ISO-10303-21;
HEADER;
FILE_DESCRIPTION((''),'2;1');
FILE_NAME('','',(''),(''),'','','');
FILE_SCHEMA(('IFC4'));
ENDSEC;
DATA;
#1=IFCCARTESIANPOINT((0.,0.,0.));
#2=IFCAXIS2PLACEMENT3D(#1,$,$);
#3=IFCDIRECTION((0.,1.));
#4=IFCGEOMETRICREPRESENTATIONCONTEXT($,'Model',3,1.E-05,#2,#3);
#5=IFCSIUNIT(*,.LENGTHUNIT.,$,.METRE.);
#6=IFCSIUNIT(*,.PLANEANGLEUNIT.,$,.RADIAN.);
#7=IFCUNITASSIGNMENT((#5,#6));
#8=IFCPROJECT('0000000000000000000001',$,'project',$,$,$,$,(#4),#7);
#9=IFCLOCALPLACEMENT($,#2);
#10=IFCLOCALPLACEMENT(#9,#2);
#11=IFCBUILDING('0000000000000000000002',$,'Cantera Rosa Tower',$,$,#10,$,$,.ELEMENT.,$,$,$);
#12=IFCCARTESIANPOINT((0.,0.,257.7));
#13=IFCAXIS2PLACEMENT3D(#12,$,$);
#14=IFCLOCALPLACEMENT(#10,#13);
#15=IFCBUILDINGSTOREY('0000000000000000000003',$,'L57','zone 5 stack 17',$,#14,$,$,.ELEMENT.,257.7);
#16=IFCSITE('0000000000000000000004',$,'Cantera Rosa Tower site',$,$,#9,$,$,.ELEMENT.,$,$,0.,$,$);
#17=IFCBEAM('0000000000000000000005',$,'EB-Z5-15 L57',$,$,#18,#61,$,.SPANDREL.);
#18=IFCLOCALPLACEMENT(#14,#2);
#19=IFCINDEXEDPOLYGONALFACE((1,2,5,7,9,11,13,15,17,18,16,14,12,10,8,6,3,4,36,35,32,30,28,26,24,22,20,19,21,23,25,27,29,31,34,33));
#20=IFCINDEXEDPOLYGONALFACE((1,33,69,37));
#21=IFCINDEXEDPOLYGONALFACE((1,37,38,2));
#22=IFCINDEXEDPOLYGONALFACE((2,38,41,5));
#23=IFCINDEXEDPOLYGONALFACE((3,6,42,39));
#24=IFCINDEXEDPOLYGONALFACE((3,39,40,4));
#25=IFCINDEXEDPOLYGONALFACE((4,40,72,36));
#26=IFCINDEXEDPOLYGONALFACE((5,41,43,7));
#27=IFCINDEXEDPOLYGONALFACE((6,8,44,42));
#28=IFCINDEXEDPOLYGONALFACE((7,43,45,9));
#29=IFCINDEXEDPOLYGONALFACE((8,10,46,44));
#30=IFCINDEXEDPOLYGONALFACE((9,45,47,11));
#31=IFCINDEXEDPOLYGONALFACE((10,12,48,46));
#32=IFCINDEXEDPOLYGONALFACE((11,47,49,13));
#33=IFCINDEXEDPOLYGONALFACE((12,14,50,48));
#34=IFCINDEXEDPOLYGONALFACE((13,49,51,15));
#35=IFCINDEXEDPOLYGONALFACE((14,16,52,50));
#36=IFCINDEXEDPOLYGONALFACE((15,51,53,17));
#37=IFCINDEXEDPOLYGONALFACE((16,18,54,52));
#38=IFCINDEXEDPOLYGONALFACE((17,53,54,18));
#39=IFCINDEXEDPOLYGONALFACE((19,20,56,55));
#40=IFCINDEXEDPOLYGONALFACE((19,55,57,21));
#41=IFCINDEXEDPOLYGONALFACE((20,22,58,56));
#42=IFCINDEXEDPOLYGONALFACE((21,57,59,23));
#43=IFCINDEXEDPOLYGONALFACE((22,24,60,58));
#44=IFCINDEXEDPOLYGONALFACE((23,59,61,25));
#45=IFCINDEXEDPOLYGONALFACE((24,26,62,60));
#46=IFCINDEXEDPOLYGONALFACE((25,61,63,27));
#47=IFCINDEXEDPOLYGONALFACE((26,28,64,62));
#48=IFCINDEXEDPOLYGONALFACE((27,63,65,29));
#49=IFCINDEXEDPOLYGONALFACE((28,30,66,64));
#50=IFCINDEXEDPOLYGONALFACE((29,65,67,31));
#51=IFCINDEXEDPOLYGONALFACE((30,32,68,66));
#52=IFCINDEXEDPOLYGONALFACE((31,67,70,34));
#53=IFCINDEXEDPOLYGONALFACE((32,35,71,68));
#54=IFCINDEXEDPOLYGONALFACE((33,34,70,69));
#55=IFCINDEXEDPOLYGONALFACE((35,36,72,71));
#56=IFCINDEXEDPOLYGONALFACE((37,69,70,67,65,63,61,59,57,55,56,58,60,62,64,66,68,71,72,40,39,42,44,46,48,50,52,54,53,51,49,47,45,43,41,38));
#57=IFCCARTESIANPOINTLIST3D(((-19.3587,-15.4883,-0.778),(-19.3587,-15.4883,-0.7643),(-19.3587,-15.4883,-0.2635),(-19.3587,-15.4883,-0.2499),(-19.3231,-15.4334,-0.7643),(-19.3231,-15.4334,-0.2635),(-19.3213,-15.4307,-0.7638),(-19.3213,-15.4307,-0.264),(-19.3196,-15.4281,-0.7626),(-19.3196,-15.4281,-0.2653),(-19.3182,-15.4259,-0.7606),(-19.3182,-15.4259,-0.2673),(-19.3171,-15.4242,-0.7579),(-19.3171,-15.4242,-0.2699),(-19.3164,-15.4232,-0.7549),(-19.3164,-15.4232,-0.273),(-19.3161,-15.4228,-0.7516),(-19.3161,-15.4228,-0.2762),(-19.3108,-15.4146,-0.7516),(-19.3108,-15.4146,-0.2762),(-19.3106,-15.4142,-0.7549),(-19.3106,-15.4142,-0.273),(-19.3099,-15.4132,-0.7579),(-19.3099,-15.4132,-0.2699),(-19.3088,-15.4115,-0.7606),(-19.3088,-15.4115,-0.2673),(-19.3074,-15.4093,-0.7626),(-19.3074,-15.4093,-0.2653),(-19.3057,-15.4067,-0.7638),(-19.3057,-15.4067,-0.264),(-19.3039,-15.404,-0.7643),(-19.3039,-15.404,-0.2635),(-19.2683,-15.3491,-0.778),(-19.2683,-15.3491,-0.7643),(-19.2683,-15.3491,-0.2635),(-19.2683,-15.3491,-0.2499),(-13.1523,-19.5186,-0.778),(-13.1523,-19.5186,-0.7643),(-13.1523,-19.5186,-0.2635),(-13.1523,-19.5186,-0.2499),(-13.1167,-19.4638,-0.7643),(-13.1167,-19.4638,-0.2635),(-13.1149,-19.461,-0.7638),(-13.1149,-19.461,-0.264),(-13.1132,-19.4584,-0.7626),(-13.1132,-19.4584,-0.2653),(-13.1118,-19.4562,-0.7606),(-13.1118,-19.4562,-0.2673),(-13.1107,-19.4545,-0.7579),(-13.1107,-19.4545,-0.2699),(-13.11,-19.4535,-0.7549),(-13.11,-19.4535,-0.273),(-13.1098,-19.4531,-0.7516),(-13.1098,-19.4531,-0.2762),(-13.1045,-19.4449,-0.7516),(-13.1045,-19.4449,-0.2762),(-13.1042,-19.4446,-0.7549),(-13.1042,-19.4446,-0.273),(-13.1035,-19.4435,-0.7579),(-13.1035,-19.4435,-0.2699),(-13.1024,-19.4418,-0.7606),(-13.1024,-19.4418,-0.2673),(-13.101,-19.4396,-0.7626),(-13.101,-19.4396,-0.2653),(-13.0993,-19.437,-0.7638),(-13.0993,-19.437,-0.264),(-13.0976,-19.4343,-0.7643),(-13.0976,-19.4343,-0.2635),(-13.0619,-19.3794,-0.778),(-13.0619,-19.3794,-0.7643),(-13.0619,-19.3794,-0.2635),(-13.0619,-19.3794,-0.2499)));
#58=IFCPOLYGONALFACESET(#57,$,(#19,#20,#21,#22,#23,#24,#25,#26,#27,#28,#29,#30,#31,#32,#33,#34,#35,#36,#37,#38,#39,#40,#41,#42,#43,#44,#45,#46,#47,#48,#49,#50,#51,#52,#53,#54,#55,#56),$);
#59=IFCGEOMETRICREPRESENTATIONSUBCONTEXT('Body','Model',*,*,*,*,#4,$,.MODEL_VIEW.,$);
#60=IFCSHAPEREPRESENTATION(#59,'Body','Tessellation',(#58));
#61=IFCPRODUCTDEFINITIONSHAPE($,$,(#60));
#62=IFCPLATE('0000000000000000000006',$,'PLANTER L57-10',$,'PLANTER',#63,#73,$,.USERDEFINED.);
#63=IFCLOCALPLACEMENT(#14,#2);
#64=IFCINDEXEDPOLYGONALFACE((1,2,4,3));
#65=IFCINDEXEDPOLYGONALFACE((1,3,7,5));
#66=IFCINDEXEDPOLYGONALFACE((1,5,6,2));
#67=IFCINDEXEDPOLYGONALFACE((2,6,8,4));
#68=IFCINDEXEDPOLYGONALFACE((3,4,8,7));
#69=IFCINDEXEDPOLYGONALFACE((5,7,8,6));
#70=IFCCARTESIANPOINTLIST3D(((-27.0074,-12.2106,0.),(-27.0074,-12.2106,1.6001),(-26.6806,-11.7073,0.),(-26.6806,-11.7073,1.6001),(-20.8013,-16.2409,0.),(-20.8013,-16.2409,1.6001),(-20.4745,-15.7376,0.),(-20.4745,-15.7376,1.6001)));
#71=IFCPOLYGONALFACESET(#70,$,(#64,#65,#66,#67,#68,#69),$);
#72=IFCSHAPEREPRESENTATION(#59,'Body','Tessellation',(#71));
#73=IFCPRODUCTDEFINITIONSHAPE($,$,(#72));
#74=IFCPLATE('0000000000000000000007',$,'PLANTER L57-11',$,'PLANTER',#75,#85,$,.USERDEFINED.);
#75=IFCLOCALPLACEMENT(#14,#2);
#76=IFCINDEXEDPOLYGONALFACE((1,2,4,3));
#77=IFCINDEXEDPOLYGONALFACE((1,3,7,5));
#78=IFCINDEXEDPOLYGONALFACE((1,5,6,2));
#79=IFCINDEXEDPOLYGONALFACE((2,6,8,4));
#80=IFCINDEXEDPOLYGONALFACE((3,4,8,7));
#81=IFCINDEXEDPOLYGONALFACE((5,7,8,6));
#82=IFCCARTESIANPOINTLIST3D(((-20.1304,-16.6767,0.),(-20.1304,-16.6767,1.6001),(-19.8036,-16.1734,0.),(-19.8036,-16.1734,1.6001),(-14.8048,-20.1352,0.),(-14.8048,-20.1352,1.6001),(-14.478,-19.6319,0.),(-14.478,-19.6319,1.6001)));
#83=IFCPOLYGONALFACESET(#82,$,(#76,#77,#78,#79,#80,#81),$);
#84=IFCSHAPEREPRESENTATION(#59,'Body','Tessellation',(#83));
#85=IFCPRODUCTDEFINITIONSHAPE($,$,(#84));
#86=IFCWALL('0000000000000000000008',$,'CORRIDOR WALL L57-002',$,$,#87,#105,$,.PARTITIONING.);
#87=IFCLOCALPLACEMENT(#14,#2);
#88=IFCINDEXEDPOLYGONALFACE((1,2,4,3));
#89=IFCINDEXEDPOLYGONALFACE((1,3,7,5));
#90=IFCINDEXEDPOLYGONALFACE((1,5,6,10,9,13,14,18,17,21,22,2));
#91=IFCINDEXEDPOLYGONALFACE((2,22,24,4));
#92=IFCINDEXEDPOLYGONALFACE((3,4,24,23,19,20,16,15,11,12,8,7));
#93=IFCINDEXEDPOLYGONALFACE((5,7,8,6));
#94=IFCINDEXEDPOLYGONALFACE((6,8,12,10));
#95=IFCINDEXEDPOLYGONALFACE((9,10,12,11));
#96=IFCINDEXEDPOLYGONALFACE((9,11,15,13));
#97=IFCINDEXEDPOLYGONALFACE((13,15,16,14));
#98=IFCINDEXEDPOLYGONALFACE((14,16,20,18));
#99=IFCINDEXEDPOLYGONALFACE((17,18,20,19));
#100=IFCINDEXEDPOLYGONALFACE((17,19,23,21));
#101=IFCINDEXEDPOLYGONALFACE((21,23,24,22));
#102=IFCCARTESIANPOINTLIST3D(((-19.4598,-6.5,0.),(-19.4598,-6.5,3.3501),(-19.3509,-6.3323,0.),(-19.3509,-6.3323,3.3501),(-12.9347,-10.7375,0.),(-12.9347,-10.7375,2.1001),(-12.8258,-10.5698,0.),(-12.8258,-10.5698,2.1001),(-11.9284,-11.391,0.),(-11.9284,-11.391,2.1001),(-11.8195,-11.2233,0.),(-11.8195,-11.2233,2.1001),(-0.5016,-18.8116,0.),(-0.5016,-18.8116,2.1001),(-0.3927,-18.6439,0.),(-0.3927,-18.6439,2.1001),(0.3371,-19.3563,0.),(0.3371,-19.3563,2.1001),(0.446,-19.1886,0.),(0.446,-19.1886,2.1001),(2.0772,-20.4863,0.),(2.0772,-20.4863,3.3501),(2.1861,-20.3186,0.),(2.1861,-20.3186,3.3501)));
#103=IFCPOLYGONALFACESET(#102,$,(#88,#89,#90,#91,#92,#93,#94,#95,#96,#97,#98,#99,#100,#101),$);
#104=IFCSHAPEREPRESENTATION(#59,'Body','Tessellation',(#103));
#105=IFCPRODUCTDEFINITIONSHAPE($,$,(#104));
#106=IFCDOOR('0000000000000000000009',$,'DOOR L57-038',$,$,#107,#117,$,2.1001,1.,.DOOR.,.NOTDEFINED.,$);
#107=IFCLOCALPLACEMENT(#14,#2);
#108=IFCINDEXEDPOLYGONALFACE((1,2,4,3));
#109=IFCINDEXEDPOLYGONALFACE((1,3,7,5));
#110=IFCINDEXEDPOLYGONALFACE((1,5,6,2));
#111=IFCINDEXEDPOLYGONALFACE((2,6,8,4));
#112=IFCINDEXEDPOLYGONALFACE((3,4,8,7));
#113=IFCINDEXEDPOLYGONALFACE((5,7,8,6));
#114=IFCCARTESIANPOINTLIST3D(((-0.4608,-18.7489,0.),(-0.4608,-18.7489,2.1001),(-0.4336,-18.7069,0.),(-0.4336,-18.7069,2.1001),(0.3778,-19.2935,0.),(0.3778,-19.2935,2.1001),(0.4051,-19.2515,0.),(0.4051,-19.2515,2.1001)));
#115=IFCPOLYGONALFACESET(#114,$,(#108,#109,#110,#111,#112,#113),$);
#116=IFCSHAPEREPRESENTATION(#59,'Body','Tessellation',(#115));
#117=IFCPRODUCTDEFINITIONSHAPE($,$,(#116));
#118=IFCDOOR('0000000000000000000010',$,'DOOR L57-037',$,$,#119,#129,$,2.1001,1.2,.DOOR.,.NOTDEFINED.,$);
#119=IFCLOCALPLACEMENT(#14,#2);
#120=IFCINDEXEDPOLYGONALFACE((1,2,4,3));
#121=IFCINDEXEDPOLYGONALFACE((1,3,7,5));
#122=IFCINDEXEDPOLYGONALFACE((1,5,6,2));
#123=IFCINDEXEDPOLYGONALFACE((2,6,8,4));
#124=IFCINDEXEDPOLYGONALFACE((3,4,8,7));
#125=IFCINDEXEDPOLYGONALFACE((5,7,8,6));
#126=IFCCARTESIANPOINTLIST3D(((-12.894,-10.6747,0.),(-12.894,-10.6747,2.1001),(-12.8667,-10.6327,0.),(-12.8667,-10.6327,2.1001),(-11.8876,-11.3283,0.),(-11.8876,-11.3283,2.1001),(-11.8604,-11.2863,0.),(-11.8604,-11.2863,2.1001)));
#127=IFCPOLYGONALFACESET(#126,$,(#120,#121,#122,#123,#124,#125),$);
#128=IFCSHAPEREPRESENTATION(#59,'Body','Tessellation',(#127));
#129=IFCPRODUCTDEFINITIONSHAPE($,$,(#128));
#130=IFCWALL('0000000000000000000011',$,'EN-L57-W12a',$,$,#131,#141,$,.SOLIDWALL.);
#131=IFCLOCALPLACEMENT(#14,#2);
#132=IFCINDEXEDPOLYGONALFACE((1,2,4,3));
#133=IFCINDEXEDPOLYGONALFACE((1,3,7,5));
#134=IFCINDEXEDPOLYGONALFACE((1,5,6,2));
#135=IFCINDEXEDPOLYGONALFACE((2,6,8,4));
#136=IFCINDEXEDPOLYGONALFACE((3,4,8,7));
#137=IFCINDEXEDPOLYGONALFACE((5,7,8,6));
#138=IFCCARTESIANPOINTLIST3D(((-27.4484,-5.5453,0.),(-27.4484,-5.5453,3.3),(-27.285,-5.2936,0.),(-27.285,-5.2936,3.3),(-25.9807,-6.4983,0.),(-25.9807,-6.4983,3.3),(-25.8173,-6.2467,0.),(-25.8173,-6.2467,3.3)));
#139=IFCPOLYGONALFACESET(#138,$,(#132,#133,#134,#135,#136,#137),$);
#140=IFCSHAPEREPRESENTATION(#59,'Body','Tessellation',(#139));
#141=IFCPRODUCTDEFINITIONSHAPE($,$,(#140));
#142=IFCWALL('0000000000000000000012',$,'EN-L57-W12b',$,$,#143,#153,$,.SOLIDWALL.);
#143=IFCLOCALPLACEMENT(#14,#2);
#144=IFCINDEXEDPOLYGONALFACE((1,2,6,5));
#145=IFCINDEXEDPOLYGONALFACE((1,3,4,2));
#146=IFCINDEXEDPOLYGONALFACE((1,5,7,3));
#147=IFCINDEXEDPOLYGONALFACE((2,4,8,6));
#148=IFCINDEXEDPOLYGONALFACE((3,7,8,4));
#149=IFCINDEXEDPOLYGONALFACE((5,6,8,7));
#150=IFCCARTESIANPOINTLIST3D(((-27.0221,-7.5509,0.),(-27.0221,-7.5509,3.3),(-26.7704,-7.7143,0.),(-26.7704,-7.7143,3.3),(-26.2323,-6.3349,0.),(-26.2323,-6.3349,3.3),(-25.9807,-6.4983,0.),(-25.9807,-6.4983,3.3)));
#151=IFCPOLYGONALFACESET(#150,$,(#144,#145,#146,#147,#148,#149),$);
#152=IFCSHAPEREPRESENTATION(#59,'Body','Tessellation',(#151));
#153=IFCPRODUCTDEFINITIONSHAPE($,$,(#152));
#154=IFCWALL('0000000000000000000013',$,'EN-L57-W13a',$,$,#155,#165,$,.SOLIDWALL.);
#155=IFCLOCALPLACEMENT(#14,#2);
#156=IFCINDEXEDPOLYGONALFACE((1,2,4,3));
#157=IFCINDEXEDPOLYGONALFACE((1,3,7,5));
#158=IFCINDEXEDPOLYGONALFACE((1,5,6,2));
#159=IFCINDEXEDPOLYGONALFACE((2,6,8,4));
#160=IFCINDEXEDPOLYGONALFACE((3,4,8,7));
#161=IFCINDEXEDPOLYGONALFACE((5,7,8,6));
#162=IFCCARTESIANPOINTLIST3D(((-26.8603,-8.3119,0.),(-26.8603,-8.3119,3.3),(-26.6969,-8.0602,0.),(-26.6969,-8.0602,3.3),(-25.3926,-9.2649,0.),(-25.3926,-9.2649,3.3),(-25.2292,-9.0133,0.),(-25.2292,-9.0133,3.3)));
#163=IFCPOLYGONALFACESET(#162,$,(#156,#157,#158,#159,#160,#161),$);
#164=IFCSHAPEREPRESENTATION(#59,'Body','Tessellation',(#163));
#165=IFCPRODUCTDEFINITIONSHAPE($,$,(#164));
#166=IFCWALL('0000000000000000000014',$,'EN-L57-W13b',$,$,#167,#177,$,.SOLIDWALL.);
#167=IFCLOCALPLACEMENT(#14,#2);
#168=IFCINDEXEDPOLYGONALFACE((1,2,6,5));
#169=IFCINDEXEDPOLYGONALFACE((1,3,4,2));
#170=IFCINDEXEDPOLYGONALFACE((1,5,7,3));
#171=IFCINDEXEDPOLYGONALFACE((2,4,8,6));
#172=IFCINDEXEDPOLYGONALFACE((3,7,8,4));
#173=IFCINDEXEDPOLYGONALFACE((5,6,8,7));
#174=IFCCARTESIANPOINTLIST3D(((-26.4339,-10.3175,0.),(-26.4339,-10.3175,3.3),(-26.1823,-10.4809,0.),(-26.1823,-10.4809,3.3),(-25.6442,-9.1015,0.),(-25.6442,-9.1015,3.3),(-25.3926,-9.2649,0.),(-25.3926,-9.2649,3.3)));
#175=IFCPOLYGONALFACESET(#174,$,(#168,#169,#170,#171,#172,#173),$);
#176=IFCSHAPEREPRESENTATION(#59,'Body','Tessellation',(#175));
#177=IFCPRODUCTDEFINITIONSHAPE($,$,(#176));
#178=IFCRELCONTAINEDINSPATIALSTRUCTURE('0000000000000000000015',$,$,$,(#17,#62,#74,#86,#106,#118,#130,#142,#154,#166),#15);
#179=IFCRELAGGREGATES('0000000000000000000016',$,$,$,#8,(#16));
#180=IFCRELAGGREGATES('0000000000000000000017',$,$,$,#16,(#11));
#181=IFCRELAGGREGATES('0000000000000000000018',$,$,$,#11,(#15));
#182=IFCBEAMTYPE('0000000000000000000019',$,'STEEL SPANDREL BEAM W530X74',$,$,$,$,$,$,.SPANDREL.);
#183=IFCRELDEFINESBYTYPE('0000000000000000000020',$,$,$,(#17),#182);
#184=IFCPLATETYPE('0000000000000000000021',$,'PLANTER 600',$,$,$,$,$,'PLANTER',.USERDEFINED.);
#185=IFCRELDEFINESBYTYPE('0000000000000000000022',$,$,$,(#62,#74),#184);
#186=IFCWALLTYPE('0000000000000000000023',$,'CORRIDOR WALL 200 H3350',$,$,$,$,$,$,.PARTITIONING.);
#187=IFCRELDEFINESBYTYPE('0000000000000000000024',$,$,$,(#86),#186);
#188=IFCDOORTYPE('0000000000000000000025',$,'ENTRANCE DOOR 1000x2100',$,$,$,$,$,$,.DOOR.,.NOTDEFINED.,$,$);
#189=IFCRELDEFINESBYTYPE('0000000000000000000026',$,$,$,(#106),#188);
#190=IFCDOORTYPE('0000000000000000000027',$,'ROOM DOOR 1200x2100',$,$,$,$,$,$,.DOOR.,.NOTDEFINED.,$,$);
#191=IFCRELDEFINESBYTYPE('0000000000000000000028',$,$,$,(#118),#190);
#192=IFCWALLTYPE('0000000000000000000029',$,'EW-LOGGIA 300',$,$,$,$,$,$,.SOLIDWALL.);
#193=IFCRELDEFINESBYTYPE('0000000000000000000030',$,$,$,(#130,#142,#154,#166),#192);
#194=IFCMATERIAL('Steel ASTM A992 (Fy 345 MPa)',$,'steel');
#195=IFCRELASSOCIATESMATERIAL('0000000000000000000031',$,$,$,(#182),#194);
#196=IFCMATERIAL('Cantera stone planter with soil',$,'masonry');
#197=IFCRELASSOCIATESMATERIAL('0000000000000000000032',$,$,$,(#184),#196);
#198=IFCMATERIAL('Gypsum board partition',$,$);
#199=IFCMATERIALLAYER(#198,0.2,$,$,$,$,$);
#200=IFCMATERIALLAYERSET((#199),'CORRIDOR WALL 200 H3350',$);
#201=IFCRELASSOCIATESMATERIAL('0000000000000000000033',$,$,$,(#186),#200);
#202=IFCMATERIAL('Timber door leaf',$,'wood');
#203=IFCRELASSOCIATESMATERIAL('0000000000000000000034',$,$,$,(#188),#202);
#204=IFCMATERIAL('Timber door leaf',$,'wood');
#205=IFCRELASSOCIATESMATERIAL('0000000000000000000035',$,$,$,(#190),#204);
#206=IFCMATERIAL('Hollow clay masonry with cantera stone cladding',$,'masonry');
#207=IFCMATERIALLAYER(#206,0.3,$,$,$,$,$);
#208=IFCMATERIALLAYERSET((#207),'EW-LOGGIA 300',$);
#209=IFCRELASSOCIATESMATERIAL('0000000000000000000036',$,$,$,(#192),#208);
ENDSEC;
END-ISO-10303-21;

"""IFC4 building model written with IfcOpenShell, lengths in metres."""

from ifc_helpers import new_model, si_unit, direction, frame, frame_2d, origin, origin_2d, place, context, subcontext, project, spatial, rectangle, i_section, extrude, material, layer, layer_set, material_profile, profile_set, type_object, element, fill, save


model = new_model("IFC4")

# Units and contexts
model_context = context("Model", 3, precision=1e-05, world=origin(), true_north=direction((0.0, 1.0)))
body_context = subcontext(model_context, "Body", "Model", "MODEL_VIEW")
ifc_project = project(units=[si_unit("LENGTHUNIT", "METRE"), si_unit("PLANEANGLEUNIT", "RADIAN")], contexts=[model_context])

# Site, building, storey
site_placement = place(None, origin())
site = spatial("IfcSite", under=ifc_project, at=site_placement, Name="Cantera Rosa Tower site", CompositionType="ELEMENT", RefElevation=0.0)
building_placement = place(site_placement, origin())
building = spatial("IfcBuilding", under=site, at=building_placement, Name="Cantera Rosa Tower", CompositionType="ELEMENT")
storey_placement = place(building_placement, frame((0.0, 0.0, 257.7)))
storey = spatial("IfcBuildingStorey", under=building, at=storey_placement, Name="L57", Description="zone 5 stack 17", CompositionType="ELEMENT", Elevation=257.7)

# Beam
ifc_material_1 = material(Name="Steel ASTM A992 (Fy 345 MPa)", Category="steel")
ifc_material_profile_1 = material_profile(ifc_material_1, i_section(OverallWidth=0.166, OverallDepth=0.5281, WebThickness=0.0098, FlangeThickness=0.0137, FilletRadius=0.0127, at=origin_2d()), Name="W530X74")
ifc_profile_set_1 = profile_set([ifc_material_profile_1], Name="Steel ASTM A992 (Fy 345 MPa)")
beam_type_1 = type_object("IfcBeamType", Name="STEEL SPANDREL BEAM W530X74", PredefinedType="SPANDREL", material=ifc_profile_set_1)
beam_1_placement = place(storey_placement, frame((-19.3135, -15.4187, -0.5139), z_axis=(0.838679, -0.544625, 0.0), x_axis=(0.544625, 0.838679, 0.0)))
element("IfcBeam", 1, at=beam_1_placement, inside=storey, type_object=beam_type_1, Name="EB-Z5-15 L57", PredefinedType="SPANDREL", context=body_context, shape_type="SweptSolid", body=[
    extrude(i_section(OverallWidth=0.166, OverallDepth=0.5281, WebThickness=0.0098, FlangeThickness=0.0137, FilletRadius=0.0127, at=origin_2d()), origin(), (0.0, 0.0, 1.0), 7.4001),
])

# Plates
ifc_material_2 = material(Name="Cantera stone planter with soil", Category="masonry")
plate_type = type_object("IfcPlateType", Name="PLANTER 600", ElementType="PLANTER", PredefinedType="USERDEFINED", material=ifc_material_2)
plate_1_placement = place(storey_placement, frame((-23.741, -13.9741, 0.0), z_axis=(0.0, 0.0, 1.0), x_axis=(0.838671, -0.544639, 0.0)))
element("IfcPlate", 2, at=plate_1_placement, inside=storey, type_object=plate_type, Name="PLANTER L57-10", ObjectType="PLANTER", PredefinedType="USERDEFINED", context=body_context, shape_type="SweptSolid", body=[
    extrude(rectangle(XDim=7.3999, YDim=0.6001, at=origin_2d()), origin(), (0.0, 0.0, 1.0), 1.6001),
])
plate_2_placement = place(storey_placement, frame((-17.3042, -18.1543, 0.0), z_axis=(0.0, 0.0, 1.0), x_axis=(0.838671, -0.544639, 0.0)))
element("IfcPlate", 3, at=plate_2_placement, inside=storey, type_object=plate_type, Name="PLANTER L57-11", ObjectType="PLANTER", PredefinedType="USERDEFINED", context=body_context, shape_type="SweptSolid", body=[
    extrude(rectangle(XDim=6.3501, YDim=0.6001, at=origin_2d()), origin(), (0.0, 0.0, 1.0), 1.6001),
])

# Wall, openings, doors
ifc_material_3 = material(Name="Gypsum board partition")
ifc_layer_1 = layer(ifc_material_3, 0.2)
ifc_layer_set_1 = layer_set([ifc_layer_1], Name="CORRIDOR WALL 200 H3350")
wall_type_1 = type_object("IfcWallType", Name="CORRIDOR WALL 200 H3350", PredefinedType="PARTITIONING", material=ifc_layer_set_1)
wall_1_placement = place(storey_placement, frame((-19.4053, -6.4163, 0.0), z_axis=(0.0, 0.0, 1.0), x_axis=(0.838671, -0.544638, 0.0)))
wall_1 = element("IfcWall", 4, at=wall_1_placement, inside=storey, type_object=wall_type_1, Name="CORRIDOR WALL L57-002", PredefinedType="PARTITIONING", context=body_context, shape_type="SweptSolid", body=[
    extrude(rectangle(XDim=25.6799, YDim=0.2, at=frame_2d((12.8398, 0.0))), origin(), (0.0, 0.0, 1.0), 3.3501),
])
opening_1_placement = place(wall_1_placement, frame((7.78, 0.0, 0.0)))
opening_1 = element("IfcOpeningElement", 5, at=opening_1_placement, cuts=wall_1, PredefinedType="OPENING", context=body_context, shape_type="SweptSolid", body=[
    extrude(rectangle(XDim=1.2, YDim=2.1001, at=frame_2d((0.6001, 1.05))), frame((0.0, 0.1099, 0.0), z_axis=(0.0, -1.0, 0.0), x_axis=(1.0, 0.0, 0.0)), (0.0, 0.0, 1.0), 0.22),
])
opening_2_placement = place(wall_1_placement, frame((22.605, 0.0, 0.0)))
opening_2 = element("IfcOpeningElement", 6, at=opening_2_placement, cuts=wall_1, PredefinedType="OPENING", context=body_context, shape_type="SweptSolid", body=[
    extrude(rectangle(XDim=1.0, YDim=2.1001, at=frame_2d((0.5, 1.05))), frame((0.0, 0.1099, 0.0), z_axis=(0.0, -1.0, 0.0), x_axis=(1.0, 0.0, 0.0)), (0.0, 0.0, 1.0), 0.22),
])
ifc_material_4 = material(Name="Timber door leaf", Category="wood")
door_type_1 = type_object("IfcDoorType", Name="ENTRANCE DOOR 1000x2100", OperationType="NOTDEFINED", PredefinedType="DOOR", material=ifc_material_4)
door_1_placement = place(opening_2_placement, origin())
door_1 = element("IfcDoor", 7, at=door_1_placement, inside=storey, type_object=door_type_1, Name="DOOR L57-038", OperationType="NOTDEFINED", OverallHeight=2.1001, OverallWidth=1.0, PredefinedType="DOOR", context=body_context, shape_type="SweptSolid", body=[
    extrude(rectangle(XDim=1.0, YDim=2.1001, at=frame_2d((0.5, 1.05))), frame((0.0, 0.0249, 0.0), z_axis=(0.0, -1.0, 0.0), x_axis=(1.0, 0.0, 0.0)), (0.0, 0.0, 1.0), 0.05),
])
fill(opening_2, door_1)
ifc_material_5 = material(Name="Timber door leaf", Category="wood")
door_type_2 = type_object("IfcDoorType", Name="ROOM DOOR 1200x2100", OperationType="NOTDEFINED", PredefinedType="DOOR", material=ifc_material_5)
door_2_placement = place(opening_1_placement, origin())
door_2 = element("IfcDoor", 8, at=door_2_placement, inside=storey, type_object=door_type_2, Name="DOOR L57-037", OperationType="NOTDEFINED", OverallHeight=2.1001, OverallWidth=1.2, PredefinedType="DOOR", context=body_context, shape_type="SweptSolid", body=[
    extrude(rectangle(XDim=1.2, YDim=2.1001, at=frame_2d((0.6001, 1.05))), frame((0.0, 0.0249, 0.0), z_axis=(0.0, -1.0, 0.0), x_axis=(1.0, 0.0, 0.0)), (0.0, 0.0, 1.0), 0.05),
])
fill(opening_1, door_2)

# Walls
ifc_material_6 = material(Name="Hollow clay masonry with cantera stone cladding", Category="masonry")
ifc_layer_2 = layer(ifc_material_6, 0.3)
ifc_layer_set_2 = layer_set([ifc_layer_2], Name="EW-LOGGIA 300")
wall_type_2 = type_object("IfcWallType", Name="EW-LOGGIA 300", PredefinedType="SOLIDWALL", material=ifc_layer_set_2)
wall_2_placement = place(storey_placement, frame((-27.3667, -5.4194, 0.0), z_axis=(0.0, 0.0, 1.0), x_axis=(0.838686, -0.544616, 0.0)))
element("IfcWall", 9, at=wall_2_placement, inside=storey, type_object=wall_type_2, Name="EN-L57-W12a", PredefinedType="SOLIDWALL", context=body_context, shape_type="SweptSolid", body=[
    extrude(rectangle(XDim=1.75, YDim=0.3, at=frame_2d((0.875, 0.0))), origin(), (0.0, 0.0, 1.0), 3.3),
])
wall_3_placement = place(storey_placement, frame((-26.1064, -6.4165, 0.0), z_axis=(0.0, 0.0, 1.0), x_axis=(-0.544675, -0.838647, 0.0)))
element("IfcWall", 10, at=wall_3_placement, inside=storey, type_object=wall_type_2, Name="EN-L57-W12b", PredefinedType="SOLIDWALL", context=body_context, shape_type="SweptSolid", body=[
    extrude(rectangle(XDim=1.45, YDim=0.3, at=frame_2d((0.7251, 0.0))), origin(), (0.0, 0.0, 1.0), 3.3),
])
wall_4_placement = place(storey_placement, frame((-26.7786, -8.186, 0.0), z_axis=(0.0, 0.0, 1.0), x_axis=(0.838686, -0.544616, 0.0)))
element("IfcWall", 11, at=wall_4_placement, inside=storey, type_object=wall_type_2, Name="EN-L57-W13a", PredefinedType="SOLIDWALL", context=body_context, shape_type="SweptSolid", body=[
    extrude(rectangle(XDim=1.75, YDim=0.3, at=frame_2d((0.875, 0.0))), origin(), (0.0, 0.0, 1.0), 3.3),
])
wall_5_placement = place(storey_placement, frame((-25.5183, -9.1831, 0.0), z_axis=(0.0, 0.0, 1.0), x_axis=(-0.544675, -0.838647, 0.0)))
element("IfcWall", 12, at=wall_5_placement, inside=storey, type_object=wall_type_2, Name="EN-L57-W13b", PredefinedType="SOLIDWALL", context=body_context, shape_type="SweptSolid", body=[
    extrude(rectangle(XDim=1.45, YDim=0.3, at=frame_2d((0.7251, 0.0))), origin(), (0.0, 0.0, 1.0), 3.3),
])

save(model, "model.ifc")
